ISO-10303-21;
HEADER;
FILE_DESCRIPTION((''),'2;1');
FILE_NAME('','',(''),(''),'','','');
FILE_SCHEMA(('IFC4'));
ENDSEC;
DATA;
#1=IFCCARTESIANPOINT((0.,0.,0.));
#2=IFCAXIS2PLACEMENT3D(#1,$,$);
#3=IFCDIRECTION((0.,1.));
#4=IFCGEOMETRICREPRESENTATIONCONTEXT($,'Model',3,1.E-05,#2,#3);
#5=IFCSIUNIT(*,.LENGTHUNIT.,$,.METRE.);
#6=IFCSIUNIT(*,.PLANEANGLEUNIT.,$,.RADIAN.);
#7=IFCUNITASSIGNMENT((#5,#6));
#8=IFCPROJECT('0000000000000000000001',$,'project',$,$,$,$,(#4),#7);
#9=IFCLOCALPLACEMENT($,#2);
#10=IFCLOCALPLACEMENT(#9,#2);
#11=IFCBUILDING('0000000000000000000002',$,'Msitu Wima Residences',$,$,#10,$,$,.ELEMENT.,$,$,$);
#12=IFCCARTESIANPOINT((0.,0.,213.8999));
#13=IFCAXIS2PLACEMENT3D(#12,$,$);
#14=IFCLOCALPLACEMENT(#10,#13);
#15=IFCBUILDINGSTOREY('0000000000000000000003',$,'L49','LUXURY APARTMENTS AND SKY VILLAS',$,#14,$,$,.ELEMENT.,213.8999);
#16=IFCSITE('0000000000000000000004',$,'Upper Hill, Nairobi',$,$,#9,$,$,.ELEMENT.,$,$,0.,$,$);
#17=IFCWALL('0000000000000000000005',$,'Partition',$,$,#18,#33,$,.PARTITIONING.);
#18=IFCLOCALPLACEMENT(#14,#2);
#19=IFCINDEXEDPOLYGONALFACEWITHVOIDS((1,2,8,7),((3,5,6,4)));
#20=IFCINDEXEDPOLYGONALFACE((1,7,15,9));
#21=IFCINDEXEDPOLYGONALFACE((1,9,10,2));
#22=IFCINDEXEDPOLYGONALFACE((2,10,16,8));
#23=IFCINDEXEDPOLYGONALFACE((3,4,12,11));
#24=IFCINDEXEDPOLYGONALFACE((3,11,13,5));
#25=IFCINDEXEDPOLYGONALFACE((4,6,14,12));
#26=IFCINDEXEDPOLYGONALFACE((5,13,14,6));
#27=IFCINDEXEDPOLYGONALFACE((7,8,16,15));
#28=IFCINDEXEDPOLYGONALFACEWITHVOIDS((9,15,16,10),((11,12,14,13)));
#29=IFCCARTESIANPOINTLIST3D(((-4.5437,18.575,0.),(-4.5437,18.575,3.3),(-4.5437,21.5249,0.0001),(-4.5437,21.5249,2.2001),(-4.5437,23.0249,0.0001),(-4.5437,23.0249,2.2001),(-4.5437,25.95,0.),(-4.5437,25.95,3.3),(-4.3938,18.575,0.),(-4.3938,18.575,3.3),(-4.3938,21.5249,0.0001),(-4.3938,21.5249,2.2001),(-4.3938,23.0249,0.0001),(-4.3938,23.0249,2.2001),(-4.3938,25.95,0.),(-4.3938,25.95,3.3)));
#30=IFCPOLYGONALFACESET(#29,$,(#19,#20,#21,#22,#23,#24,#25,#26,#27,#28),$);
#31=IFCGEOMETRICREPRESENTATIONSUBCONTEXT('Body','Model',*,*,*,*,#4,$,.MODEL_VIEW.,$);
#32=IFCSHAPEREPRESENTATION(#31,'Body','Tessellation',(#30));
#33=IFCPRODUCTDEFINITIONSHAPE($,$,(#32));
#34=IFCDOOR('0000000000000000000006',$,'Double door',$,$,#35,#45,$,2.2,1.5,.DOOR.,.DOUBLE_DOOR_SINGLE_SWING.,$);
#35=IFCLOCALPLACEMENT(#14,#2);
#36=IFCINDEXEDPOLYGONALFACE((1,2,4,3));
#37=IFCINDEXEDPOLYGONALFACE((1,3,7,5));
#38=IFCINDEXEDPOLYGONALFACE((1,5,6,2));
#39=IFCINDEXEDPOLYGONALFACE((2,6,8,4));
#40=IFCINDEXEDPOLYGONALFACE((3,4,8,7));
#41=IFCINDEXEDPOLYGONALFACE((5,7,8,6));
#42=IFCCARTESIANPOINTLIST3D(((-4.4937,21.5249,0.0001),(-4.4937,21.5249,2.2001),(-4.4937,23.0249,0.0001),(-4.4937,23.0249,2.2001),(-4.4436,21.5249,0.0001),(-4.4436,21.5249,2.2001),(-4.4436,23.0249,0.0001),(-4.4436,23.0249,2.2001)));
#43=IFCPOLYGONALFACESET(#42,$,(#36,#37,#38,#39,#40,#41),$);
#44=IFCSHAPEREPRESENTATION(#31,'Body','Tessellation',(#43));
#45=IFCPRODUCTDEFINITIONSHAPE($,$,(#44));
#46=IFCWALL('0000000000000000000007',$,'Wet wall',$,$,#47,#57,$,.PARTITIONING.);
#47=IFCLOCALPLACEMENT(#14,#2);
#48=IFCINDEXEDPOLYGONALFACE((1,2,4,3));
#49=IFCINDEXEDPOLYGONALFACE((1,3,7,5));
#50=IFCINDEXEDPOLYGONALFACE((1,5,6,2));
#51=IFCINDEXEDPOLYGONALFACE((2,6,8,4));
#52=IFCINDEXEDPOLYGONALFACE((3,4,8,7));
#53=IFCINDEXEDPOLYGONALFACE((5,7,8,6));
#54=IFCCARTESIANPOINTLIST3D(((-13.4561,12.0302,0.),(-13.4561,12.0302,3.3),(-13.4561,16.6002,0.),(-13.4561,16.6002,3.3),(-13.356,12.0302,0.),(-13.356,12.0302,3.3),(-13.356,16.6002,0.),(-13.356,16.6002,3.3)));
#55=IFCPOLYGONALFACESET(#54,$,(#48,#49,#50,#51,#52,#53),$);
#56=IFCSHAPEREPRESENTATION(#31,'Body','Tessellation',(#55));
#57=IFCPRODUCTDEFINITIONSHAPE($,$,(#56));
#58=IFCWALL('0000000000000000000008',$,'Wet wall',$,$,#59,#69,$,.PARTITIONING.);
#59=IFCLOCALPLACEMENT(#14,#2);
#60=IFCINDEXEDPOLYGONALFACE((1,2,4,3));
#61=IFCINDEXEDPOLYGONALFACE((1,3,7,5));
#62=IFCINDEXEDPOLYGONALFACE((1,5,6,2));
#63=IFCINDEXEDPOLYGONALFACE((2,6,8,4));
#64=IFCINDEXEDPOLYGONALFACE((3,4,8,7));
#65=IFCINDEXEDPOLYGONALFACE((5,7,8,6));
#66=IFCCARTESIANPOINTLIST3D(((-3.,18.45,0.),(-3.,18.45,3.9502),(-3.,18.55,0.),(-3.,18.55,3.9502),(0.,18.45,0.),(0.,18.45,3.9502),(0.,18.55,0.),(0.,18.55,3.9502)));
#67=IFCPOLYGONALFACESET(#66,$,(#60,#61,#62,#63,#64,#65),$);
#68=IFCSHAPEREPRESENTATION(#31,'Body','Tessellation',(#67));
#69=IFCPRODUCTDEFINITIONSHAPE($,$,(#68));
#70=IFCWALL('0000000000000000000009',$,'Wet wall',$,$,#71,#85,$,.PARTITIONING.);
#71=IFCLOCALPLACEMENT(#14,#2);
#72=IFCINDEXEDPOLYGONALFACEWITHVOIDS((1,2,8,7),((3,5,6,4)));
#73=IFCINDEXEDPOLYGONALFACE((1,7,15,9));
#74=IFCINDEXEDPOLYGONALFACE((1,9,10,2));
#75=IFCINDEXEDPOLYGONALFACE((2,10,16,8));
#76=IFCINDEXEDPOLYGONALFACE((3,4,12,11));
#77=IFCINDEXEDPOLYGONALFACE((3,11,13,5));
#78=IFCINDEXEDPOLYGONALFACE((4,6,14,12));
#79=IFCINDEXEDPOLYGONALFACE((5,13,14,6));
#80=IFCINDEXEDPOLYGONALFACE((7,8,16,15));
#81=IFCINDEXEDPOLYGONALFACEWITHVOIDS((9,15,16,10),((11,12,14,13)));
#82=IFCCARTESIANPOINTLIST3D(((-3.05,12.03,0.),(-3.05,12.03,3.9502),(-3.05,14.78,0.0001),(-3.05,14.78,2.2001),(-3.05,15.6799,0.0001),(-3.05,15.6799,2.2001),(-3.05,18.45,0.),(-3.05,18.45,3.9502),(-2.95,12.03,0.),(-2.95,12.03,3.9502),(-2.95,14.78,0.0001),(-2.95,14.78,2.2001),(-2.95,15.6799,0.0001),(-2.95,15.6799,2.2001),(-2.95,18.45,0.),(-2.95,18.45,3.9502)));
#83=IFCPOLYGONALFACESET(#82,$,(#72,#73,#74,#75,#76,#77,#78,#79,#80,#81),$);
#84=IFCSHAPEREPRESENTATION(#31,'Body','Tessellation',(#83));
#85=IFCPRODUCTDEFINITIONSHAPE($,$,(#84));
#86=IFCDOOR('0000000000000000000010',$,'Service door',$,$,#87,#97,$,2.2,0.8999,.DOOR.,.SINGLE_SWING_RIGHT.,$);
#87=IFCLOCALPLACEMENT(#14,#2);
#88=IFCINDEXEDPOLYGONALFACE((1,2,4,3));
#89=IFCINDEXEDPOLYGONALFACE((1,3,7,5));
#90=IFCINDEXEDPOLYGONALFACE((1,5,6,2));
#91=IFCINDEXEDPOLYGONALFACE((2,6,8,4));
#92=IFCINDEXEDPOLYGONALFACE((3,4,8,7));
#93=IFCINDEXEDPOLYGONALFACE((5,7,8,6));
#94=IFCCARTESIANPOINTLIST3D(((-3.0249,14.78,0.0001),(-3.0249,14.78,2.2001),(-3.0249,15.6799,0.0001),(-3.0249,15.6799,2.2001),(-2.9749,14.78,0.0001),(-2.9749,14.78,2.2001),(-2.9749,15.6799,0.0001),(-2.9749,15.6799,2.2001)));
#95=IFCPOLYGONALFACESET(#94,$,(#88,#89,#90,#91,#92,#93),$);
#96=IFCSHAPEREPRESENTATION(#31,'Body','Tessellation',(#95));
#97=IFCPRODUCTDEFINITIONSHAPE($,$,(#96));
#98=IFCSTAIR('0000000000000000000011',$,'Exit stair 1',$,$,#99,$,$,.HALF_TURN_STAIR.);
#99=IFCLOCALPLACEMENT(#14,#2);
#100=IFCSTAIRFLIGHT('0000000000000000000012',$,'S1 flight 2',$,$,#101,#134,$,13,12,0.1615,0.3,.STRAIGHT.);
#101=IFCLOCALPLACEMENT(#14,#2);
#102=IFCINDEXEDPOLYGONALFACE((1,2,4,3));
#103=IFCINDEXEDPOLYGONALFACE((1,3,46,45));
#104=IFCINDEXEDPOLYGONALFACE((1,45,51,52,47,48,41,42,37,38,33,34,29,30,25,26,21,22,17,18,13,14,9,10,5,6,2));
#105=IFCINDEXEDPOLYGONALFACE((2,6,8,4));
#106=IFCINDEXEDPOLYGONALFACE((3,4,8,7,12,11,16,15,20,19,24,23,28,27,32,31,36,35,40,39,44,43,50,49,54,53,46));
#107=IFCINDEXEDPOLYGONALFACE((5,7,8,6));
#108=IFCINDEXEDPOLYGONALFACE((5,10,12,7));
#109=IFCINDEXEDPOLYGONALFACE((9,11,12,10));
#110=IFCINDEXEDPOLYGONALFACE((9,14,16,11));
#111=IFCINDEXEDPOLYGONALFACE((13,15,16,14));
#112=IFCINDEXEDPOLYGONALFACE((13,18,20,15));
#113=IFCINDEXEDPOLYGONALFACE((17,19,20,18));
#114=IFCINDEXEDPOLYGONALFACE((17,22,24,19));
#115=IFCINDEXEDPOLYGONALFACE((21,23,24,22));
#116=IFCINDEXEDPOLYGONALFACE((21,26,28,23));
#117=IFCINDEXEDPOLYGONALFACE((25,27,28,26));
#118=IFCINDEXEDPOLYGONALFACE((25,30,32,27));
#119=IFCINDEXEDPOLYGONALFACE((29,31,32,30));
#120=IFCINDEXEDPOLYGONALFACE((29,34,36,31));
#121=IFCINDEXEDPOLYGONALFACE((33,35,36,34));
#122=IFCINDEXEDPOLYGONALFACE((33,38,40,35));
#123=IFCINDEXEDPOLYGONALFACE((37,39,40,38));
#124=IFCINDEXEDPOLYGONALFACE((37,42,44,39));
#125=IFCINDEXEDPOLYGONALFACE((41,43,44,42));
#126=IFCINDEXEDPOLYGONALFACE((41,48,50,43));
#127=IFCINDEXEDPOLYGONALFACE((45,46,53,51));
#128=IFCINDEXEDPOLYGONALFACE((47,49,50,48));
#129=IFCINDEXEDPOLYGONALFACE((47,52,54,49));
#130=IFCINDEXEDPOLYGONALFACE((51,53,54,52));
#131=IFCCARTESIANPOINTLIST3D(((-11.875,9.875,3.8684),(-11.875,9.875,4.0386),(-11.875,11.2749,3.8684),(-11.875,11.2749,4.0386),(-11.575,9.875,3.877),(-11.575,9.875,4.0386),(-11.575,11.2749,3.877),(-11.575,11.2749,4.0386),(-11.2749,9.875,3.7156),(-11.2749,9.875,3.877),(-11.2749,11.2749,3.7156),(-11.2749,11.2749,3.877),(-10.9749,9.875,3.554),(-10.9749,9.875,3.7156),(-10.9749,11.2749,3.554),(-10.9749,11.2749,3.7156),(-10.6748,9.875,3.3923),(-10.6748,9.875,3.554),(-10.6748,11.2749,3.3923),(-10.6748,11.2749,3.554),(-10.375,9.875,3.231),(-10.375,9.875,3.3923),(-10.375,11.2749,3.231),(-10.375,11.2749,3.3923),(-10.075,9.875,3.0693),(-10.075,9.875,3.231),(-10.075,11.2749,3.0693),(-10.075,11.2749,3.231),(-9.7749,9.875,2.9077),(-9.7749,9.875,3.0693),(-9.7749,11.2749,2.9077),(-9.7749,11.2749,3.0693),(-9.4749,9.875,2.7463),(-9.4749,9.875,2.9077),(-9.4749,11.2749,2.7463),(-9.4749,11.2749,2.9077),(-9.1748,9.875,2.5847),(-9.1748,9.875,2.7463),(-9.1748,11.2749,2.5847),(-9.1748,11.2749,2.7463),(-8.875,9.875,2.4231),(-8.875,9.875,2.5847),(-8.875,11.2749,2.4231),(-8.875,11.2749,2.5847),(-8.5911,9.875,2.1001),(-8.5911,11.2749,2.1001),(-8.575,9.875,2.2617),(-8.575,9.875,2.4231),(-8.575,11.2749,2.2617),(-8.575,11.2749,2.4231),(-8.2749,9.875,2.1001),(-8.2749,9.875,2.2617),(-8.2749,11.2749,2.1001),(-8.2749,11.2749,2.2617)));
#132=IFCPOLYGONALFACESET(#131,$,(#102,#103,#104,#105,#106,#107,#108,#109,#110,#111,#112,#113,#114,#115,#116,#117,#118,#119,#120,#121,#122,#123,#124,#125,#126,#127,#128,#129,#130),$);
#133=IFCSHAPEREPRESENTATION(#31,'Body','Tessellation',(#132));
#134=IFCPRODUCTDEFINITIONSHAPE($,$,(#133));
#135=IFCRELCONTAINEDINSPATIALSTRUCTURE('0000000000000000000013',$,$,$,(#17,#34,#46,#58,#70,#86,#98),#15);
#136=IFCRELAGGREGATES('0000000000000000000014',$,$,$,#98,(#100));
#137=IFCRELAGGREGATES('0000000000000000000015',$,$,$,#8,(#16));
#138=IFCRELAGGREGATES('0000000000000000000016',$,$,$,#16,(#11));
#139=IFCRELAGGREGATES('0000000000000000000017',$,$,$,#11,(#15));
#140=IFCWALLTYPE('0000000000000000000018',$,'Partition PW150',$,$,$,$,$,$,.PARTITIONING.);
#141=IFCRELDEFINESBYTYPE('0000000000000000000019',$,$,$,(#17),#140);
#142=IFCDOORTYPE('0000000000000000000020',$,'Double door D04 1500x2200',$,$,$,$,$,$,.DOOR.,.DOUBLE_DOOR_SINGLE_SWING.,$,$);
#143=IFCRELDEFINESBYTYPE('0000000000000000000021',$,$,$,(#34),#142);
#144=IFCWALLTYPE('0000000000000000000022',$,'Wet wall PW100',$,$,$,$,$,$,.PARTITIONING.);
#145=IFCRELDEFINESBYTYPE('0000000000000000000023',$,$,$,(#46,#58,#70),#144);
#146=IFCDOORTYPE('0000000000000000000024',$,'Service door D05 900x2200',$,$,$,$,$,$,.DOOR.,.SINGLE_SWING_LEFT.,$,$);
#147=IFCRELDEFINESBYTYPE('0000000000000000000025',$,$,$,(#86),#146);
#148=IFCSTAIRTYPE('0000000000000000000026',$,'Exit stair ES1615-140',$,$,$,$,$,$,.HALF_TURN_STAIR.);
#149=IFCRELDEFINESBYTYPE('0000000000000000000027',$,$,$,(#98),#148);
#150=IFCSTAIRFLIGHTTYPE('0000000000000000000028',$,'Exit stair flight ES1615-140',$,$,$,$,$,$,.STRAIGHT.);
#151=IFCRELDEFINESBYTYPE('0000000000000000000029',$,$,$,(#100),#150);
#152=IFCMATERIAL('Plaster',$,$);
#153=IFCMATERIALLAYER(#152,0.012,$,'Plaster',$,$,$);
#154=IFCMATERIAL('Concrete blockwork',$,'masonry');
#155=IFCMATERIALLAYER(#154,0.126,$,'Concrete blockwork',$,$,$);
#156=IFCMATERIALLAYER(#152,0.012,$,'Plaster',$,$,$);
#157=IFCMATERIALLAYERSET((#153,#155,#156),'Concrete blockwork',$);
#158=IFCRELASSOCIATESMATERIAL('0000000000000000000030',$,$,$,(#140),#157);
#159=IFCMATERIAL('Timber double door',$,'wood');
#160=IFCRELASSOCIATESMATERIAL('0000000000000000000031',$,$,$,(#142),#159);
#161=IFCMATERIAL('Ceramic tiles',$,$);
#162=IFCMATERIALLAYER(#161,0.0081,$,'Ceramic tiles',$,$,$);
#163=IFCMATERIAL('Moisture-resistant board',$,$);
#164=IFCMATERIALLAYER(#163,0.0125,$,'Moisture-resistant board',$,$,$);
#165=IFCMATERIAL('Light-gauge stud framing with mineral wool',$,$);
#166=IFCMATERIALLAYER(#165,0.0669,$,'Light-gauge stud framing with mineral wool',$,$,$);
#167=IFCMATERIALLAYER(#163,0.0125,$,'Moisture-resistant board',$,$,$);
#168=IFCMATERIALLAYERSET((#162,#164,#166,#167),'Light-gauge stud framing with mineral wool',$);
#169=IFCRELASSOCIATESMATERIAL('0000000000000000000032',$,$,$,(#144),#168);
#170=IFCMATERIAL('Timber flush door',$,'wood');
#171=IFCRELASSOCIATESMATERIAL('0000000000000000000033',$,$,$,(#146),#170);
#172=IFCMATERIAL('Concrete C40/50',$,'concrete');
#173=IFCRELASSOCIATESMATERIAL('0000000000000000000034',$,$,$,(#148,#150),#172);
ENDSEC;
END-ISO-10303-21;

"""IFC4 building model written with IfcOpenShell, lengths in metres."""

from ifc_helpers import new_model, si_unit, direction, frame, frame_2d, origin, place, context, subcontext, project, spatial, polyline, rectangle, outline, extrude, material, layer, layer_set, type_object, element, fill, aggregate, save


model = new_model("IFC4")

# Units and contexts
model_context = context("Model", 3, precision=1e-05, world=origin(), true_north=direction((0.0, 1.0)))
body_context = subcontext(model_context, "Body", "Model", "MODEL_VIEW")
ifc_project = project(units=[si_unit("LENGTHUNIT", "METRE"), si_unit("PLANEANGLEUNIT", "RADIAN")], contexts=[model_context])

# Site, building, storey
site_placement = place(None, origin())
site = spatial("IfcSite", under=ifc_project, at=site_placement, Name="Upper Hill, Nairobi", CompositionType="ELEMENT", RefElevation=0.0)
building_placement = place(site_placement, origin())
building = spatial("IfcBuilding", under=site, at=building_placement, Name="Msitu Wima Residences", CompositionType="ELEMENT")
storey_placement = place(building_placement, frame((0.0, 0.0, 213.8999)))
storey = spatial("IfcBuildingStorey", under=building, at=storey_placement, Name="L49", Description="LUXURY APARTMENTS AND SKY VILLAS", CompositionType="ELEMENT", Elevation=213.8999)

# Shared definitions
ifc_material_1 = material(Name="Concrete C40/50", Category="concrete")

# Shared definitions
ifc_material_2 = material(Name="Plaster")
ifc_layer_1 = layer(ifc_material_2, 0.012, Name="Plaster")
ifc_material_3 = material(Name="Concrete blockwork", Category="masonry")
ifc_layer_2 = layer(ifc_material_3, 0.126, Name="Concrete blockwork")
ifc_layer_3 = layer(ifc_material_2, 0.012, Name="Plaster")
ifc_layer_set_1 = layer_set([ifc_layer_1, ifc_layer_2, ifc_layer_3], Name="Concrete blockwork")
wall_type_1 = type_object("IfcWallType", Name="Partition PW150", PredefinedType="PARTITIONING", material=ifc_layer_set_1)
ifc_material_4 = material(Name="Timber flush door", Category="wood")

# Wall, opening, door
wall_1_placement = place(storey_placement, frame((-4.4688, 18.575, 0.0), z_axis=(0.0, 0.0, 1.0), x_axis=(0.0, 1.0, 0.0)))
wall_1 = element("IfcWall", 1, at=wall_1_placement, inside=storey, type_object=wall_type_1, Name="Partition", PredefinedType="PARTITIONING", context=body_context, shape_type="SweptSolid", body=[
    extrude(rectangle(XDim=7.375, YDim=0.1499, at=frame_2d((3.6875, 0.0))), origin(), (0.0, 0.0, 1.0), 3.3),
])
opening_1_placement = place(wall_1_placement, frame((2.95, 0.0, 0.0)))
opening_1 = element("IfcOpeningElement", 2, at=opening_1_placement, cuts=wall_1, PredefinedType="OPENING", context=body_context, shape_type="SweptSolid", body=[
    extrude(rectangle(XDim=1.5, YDim=2.2, at=frame_2d((0.75, 1.1001))), frame((0.0, 0.085, 0.0), z_axis=(0.0, -1.0, 0.0), x_axis=(1.0, 0.0, 0.0)), (0.0, 0.0, 1.0), 0.1699),
])
ifc_material_5 = material(Name="Timber double door", Category="wood")
door_type_1 = type_object("IfcDoorType", Name="Double door D04 1500x2200", OperationType="DOUBLE_DOOR_SINGLE_SWING", PredefinedType="DOOR", material=ifc_material_5)
door_1_placement = place(opening_1_placement, origin())
door_1 = element("IfcDoor", 3, at=door_1_placement, inside=storey, type_object=door_type_1, Name="Double door", OperationType="DOUBLE_DOOR_SINGLE_SWING", OverallHeight=2.2, OverallWidth=1.5, PredefinedType="DOOR", context=body_context, shape_type="SweptSolid", body=[
    extrude(rectangle(XDim=1.5, YDim=2.2, at=frame_2d((0.75, 1.1001))), frame((0.0, 0.0249, 0.0), z_axis=(0.0, -1.0, 0.0), x_axis=(1.0, 0.0, 0.0)), (0.0, 0.0, 1.0), 0.05),
])
fill(opening_1, door_1)

# Walls
ifc_material_6 = material(Name="Ceramic tiles")
ifc_layer_4 = layer(ifc_material_6, 0.0081, Name="Ceramic tiles")
ifc_material_7 = material(Name="Moisture-resistant board")
ifc_layer_5 = layer(ifc_material_7, 0.0125, Name="Moisture-resistant board")
ifc_material_8 = material(Name="Light-gauge stud framing with mineral wool")
ifc_layer_6 = layer(ifc_material_8, 0.0669, Name="Light-gauge stud framing with mineral wool")
ifc_layer_7 = layer(ifc_material_7, 0.0125, Name="Moisture-resistant board")
ifc_layer_set_2 = layer_set([ifc_layer_4, ifc_layer_5, ifc_layer_6, ifc_layer_7], Name="Light-gauge stud framing with mineral wool")
wall_type_2 = type_object("IfcWallType", Name="Wet wall PW100", PredefinedType="PARTITIONING", material=ifc_layer_set_2)
wall_2_placement = place(storey_placement, frame((-13.406, 12.03, 0.0), z_axis=(0.0, 0.0, 1.0), x_axis=(0.0, 1.0, 0.0)))
element("IfcWall", 4, at=wall_2_placement, inside=storey, type_object=wall_type_2, Name="Wet wall", PredefinedType="PARTITIONING", context=body_context, shape_type="SweptSolid", body=[
    extrude(rectangle(XDim=4.5701, YDim=0.1001, at=frame_2d((2.2852, 0.0))), origin(), (0.0, 0.0, 1.0), 3.3),
])
wall_3_placement = place(storey_placement, frame((-3.0, 18.5, 0.0), z_axis=(0.0, 0.0, 1.0), x_axis=(1.0, 0.0, 0.0)))
element("IfcWall", 5, at=wall_3_placement, inside=storey, type_object=wall_type_2, Name="Wet wall", PredefinedType="PARTITIONING", context=body_context, shape_type="SweptSolid", body=[
    extrude(rectangle(XDim=3.0, YDim=0.1001, at=frame_2d((1.5, 0.0))), origin(), (0.0, 0.0, 1.0), 3.9502),
])

# Wall, opening, door
wall_4_placement = place(storey_placement, frame((-3.0, 12.03, 0.0), z_axis=(0.0, 0.0, 1.0), x_axis=(0.0, 1.0, 0.0)))
wall_4 = element("IfcWall", 6, at=wall_4_placement, inside=storey, type_object=wall_type_2, Name="Wet wall", PredefinedType="PARTITIONING", context=body_context, shape_type="SweptSolid", body=[
    extrude(rectangle(XDim=6.4199, YDim=0.1001, at=frame_2d((3.21, 0.0))), origin(), (0.0, 0.0, 1.0), 3.9502),
])
opening_2_placement = place(wall_4_placement, frame((2.75, 0.0, 0.0)))
opening_2 = element("IfcOpeningElement", 7, at=opening_2_placement, cuts=wall_4, PredefinedType="OPENING", context=body_context, shape_type="SweptSolid", body=[
    extrude(rectangle(XDim=0.8999, YDim=2.2, at=frame_2d((0.45, 1.1001))), frame((0.0, 0.0601, 0.0), z_axis=(0.0, -1.0, 0.0), x_axis=(1.0, 0.0, 0.0)), (0.0, 0.0, 1.0), 0.1201),
])
door_type_2 = type_object("IfcDoorType", Name="Service door D05 900x2200", OperationType="SINGLE_SWING_LEFT", PredefinedType="DOOR", material=ifc_material_4)
door_2_placement = place(opening_2_placement, origin())
door_2 = element("IfcDoor", 8, at=door_2_placement, inside=storey, type_object=door_type_2, Name="Service door", OperationType="SINGLE_SWING_RIGHT", OverallHeight=2.2, OverallWidth=0.8999, PredefinedType="DOOR", context=body_context, shape_type="SweptSolid", body=[
    extrude(rectangle(XDim=0.8999, YDim=2.2, at=frame_2d((0.45, 1.1001))), frame((0.0, 0.0249, 0.0), z_axis=(0.0, -1.0, 0.0), x_axis=(1.0, 0.0, 0.0)), (0.0, 0.0, 1.0), 0.05),
])
fill(opening_2, door_2)

# Stair, stair flight
stair_type = type_object("IfcStairType", Name="Exit stair ES1615-140", PredefinedType="HALF_TURN_STAIR", material=ifc_material_1)
stair_placement = place(storey_placement, origin())
stair = element("IfcStair", 9, at=stair_placement, inside=storey, type_object=stair_type, Name="Exit stair 1", PredefinedType="HALF_TURN_STAIR")
stair_flight_type = type_object("IfcStairFlightType", Name="Exit stair flight ES1615-140", PredefinedType="STRAIGHT", material=ifc_material_1)
stair_flight_placement = place(storey_placement, frame((-8.2749, 10.575, 2.1001), z_axis=(0.0, 0.0, 1.0), x_axis=(-1.0, 0.0, 0.0)))
stair_flight = element("IfcStairFlight", 10, at=stair_flight_placement, type_object=stair_flight_type, Name="S1 flight 2", NumberOfRisers=13, NumberOfTreads=12, PredefinedType="STRAIGHT", RiserHeight=0.1615, TreadLength=0.3, context=body_context, shape_type="SweptSolid", body=[
    extrude(outline(polyline([(0.0, 0.0), (0.0, 0.1616), (0.3, 0.1616), (0.3, 0.323), (0.6001, 0.323), (0.6001, 0.4846), (0.8999, 0.4846), (0.8999, 0.6462), (1.2, 0.6462), (1.2, 0.8076), (1.5, 0.8076), (1.5, 0.9692), (1.8, 0.9692), (1.8, 1.1309), (2.1001, 1.1309), (2.1001, 1.2922), (2.3999, 1.2922), (2.3999, 1.4539), (2.7, 1.4539), (2.7, 1.6155), (3.0, 1.6155), (3.0, 1.7769), (3.3, 1.7769), (3.3, 1.9385), (3.6001, 1.9385), (3.6001, 2.1001), (3.6001, 1.7683), (0.3162, 0.0), (0.0, 0.0)])), frame((0.0, 0.7, 0.0), z_axis=(0.0, -1.0, 0.0), x_axis=(1.0, 0.0, 0.0)), (0.0, 0.0, 1.0), 1.3999),
])
aggregate(stair, [stair_flight])

save(model, "model.ifc")
